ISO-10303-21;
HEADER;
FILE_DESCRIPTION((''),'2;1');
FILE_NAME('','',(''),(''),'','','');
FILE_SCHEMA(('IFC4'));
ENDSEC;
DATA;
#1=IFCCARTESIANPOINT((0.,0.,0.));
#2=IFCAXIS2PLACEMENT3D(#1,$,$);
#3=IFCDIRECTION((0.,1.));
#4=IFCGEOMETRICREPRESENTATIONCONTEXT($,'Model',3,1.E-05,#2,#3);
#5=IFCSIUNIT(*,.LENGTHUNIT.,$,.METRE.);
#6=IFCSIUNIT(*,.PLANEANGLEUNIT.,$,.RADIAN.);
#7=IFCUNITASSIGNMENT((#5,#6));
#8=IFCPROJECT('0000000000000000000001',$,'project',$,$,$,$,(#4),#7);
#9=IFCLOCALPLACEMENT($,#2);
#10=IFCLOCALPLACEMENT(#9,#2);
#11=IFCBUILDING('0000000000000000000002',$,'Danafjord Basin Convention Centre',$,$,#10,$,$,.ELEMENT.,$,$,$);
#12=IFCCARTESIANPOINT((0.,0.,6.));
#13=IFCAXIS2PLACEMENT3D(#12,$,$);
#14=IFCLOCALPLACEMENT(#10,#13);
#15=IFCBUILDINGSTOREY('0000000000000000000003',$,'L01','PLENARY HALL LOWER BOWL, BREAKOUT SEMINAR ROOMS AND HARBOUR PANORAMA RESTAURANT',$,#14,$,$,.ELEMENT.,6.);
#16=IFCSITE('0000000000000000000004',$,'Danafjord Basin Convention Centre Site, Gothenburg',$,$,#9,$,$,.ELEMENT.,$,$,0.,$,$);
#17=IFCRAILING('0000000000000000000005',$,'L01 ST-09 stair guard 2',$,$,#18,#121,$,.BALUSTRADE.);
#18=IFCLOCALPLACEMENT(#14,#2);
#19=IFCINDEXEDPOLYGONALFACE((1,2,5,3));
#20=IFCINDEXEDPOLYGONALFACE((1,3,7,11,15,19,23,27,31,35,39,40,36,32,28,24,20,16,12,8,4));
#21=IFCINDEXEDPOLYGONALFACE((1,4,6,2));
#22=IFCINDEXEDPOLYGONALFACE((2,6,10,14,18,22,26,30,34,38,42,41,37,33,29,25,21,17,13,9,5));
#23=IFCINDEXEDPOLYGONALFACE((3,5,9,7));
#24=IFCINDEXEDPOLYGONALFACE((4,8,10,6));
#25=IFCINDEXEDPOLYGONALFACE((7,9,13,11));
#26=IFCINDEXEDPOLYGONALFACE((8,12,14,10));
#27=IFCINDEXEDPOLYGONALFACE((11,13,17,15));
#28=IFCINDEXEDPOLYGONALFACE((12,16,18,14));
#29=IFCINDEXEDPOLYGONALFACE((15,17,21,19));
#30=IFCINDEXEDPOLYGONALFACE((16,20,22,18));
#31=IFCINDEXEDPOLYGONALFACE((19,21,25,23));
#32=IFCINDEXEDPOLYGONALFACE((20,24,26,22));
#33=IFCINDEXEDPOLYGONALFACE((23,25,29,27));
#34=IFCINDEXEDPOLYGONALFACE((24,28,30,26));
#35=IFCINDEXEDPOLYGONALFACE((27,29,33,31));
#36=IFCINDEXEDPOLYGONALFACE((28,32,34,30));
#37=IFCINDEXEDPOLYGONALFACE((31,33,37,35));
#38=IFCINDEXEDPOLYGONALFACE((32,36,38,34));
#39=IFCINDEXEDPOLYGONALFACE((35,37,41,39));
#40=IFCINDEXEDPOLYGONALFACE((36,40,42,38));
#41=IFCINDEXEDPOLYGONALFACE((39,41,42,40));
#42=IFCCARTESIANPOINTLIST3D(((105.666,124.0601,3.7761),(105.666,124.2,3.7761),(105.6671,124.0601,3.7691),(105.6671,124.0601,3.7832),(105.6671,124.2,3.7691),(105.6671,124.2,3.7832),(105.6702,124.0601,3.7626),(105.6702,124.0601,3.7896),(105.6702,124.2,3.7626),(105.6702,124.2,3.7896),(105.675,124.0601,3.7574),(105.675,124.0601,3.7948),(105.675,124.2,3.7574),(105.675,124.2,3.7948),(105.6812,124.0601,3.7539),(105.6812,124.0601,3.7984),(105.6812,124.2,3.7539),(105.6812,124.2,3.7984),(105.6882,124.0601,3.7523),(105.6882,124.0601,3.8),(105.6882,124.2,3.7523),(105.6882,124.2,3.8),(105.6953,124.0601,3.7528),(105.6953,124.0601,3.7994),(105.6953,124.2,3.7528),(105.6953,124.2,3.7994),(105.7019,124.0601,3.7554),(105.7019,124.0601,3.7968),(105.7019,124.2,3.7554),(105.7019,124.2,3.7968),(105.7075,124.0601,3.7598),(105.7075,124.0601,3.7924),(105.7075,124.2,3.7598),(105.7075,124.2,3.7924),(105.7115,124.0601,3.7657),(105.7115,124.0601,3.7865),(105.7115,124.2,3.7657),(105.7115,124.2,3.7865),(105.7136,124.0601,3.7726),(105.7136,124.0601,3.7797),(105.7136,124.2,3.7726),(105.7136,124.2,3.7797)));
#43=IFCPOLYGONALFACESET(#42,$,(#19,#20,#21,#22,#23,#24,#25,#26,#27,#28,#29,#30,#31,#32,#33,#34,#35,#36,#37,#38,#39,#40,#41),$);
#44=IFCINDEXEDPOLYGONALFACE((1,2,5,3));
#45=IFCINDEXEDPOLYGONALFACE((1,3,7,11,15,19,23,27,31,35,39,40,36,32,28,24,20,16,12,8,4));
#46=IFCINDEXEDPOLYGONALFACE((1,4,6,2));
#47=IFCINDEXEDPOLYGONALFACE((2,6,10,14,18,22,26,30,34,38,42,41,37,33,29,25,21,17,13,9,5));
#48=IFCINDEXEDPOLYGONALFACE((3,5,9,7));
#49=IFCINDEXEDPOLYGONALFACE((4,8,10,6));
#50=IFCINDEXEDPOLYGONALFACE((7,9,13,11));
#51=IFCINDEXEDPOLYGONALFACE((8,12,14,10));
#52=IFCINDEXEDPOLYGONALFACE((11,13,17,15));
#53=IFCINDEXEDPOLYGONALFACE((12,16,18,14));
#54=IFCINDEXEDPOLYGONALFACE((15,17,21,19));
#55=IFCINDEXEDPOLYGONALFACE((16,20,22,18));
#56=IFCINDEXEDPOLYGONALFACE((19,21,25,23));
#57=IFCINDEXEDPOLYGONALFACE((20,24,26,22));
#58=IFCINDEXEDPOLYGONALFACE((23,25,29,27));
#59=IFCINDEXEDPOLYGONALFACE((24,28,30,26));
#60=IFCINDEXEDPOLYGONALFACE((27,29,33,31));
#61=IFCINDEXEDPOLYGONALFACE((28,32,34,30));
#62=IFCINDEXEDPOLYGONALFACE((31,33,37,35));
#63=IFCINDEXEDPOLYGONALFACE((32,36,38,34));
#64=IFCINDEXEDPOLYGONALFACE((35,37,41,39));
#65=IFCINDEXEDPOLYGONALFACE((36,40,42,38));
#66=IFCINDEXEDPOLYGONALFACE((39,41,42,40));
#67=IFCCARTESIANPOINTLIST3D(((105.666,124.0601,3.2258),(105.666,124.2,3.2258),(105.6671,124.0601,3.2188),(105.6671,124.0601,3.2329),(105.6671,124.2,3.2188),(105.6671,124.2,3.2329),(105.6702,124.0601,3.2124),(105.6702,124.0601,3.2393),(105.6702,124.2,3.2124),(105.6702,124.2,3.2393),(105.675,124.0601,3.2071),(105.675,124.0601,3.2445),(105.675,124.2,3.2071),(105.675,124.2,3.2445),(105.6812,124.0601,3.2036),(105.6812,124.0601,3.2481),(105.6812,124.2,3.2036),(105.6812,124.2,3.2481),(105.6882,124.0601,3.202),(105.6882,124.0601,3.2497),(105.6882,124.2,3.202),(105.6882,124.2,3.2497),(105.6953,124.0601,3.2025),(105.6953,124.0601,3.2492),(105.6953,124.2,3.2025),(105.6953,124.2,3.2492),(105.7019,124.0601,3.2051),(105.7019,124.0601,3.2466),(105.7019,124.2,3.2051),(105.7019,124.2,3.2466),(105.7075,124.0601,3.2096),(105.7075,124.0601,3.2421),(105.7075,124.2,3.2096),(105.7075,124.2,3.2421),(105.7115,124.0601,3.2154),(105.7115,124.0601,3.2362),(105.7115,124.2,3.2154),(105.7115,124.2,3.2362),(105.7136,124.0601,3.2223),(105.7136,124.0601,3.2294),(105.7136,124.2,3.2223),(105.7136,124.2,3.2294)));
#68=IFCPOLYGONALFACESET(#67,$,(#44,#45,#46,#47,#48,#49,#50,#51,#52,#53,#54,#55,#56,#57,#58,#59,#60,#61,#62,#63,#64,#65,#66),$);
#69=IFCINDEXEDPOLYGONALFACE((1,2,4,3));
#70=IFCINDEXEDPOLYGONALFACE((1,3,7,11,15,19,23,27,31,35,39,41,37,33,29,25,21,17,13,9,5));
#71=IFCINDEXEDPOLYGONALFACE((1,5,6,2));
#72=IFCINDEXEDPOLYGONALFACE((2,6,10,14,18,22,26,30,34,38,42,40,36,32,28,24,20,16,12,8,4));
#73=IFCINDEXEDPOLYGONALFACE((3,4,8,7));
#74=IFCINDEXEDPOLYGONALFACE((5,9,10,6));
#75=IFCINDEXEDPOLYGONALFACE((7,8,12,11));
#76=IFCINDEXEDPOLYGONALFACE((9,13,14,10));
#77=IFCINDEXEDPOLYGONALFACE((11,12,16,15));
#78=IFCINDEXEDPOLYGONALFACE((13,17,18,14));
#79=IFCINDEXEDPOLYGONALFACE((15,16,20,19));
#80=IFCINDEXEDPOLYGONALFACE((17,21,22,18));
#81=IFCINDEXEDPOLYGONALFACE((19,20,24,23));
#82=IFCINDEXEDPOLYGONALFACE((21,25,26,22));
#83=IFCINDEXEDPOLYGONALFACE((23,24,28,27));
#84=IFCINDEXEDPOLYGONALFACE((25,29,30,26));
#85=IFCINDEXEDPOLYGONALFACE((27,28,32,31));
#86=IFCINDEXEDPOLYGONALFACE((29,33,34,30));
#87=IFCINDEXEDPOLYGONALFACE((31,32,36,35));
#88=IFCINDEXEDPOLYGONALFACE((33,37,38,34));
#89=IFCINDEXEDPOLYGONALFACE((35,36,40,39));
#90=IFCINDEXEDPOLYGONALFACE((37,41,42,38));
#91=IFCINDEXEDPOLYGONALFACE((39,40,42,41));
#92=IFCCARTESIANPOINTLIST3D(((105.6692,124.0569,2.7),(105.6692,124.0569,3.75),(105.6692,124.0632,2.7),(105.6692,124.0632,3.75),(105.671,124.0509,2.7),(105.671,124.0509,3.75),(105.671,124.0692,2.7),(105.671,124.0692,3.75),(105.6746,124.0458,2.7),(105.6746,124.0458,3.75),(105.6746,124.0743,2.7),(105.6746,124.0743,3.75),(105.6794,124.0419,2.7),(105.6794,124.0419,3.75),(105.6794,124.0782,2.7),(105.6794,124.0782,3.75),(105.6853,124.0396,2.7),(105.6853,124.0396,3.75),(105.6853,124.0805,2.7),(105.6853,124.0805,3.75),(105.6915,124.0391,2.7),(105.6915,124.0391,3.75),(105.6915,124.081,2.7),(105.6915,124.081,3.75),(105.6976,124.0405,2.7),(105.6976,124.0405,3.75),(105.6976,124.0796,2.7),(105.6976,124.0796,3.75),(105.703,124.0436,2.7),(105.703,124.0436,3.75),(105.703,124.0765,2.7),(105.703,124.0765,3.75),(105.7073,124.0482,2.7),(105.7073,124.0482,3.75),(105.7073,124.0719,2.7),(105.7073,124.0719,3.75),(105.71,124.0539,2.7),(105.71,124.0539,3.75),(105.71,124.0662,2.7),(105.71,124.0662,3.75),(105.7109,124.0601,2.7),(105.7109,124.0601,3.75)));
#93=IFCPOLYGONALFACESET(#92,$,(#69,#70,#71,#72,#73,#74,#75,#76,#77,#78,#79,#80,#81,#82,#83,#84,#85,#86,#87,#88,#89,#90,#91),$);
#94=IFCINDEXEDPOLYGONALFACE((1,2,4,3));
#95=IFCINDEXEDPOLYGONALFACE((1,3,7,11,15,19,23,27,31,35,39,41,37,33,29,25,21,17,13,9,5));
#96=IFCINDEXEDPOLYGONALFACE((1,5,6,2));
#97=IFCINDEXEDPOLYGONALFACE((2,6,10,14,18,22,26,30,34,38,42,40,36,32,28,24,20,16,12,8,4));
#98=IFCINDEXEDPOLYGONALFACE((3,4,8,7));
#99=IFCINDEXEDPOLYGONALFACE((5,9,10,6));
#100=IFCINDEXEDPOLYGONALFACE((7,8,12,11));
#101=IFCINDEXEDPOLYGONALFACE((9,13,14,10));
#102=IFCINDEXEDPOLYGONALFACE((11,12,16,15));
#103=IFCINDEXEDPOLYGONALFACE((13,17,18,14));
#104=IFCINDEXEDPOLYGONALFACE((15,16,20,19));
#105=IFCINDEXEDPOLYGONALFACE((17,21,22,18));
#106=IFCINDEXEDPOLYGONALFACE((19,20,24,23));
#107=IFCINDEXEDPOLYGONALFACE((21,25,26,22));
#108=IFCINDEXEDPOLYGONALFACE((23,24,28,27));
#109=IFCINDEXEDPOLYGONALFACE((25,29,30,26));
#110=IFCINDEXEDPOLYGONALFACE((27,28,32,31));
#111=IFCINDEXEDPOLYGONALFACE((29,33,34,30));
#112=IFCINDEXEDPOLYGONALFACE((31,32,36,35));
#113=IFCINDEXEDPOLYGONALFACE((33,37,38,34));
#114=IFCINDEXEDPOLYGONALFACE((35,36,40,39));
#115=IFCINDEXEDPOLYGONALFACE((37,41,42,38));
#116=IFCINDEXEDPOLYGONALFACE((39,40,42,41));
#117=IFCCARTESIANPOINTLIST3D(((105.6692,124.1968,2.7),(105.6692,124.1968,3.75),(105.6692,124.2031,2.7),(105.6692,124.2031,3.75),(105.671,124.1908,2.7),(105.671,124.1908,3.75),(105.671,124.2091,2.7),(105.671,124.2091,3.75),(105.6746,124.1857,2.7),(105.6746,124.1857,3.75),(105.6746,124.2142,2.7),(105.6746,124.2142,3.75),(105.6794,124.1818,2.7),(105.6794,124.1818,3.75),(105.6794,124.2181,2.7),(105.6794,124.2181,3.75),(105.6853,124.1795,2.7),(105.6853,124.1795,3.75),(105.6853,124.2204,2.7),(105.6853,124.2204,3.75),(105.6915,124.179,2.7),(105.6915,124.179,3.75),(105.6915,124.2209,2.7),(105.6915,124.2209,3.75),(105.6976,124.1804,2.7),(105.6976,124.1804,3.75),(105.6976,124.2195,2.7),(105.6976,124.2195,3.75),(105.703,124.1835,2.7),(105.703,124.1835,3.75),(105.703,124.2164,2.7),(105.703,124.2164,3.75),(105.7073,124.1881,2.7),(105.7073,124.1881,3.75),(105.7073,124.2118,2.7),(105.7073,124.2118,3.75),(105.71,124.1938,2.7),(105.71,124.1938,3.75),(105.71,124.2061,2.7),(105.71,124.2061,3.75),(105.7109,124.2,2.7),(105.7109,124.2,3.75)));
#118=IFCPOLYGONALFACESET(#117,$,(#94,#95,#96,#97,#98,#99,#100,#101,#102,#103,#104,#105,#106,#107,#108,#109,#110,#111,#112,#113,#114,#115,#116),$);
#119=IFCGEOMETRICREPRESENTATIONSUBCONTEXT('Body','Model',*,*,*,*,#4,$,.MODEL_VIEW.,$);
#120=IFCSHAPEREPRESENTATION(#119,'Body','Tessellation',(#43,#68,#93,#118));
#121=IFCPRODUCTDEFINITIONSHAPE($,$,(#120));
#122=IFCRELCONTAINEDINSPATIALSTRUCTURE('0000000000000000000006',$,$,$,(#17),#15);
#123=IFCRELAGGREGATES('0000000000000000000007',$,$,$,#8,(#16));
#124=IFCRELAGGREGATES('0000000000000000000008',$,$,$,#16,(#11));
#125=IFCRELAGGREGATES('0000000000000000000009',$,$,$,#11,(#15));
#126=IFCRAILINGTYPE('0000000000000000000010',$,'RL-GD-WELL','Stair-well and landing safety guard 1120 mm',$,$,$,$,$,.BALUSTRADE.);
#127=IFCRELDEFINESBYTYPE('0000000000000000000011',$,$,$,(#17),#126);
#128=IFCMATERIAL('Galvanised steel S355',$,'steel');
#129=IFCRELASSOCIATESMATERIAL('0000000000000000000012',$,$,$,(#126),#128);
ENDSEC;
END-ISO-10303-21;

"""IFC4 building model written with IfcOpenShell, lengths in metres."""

from ifc_helpers import new_model, si_unit, direction, frame, origin, origin_2d, place, context, subcontext, project, spatial, circle, extrude, material, type_object, element, save


model = new_model("IFC4")

# Units and contexts
model_context = context("Model", 3, precision=1e-05, world=origin(), true_north=direction((0.0, 1.0)))
body_context = subcontext(model_context, "Body", "Model", "MODEL_VIEW")
ifc_project = project(units=[si_unit("LENGTHUNIT", "METRE"), si_unit("PLANEANGLEUNIT", "RADIAN")], contexts=[model_context])

# Site, building, storey
site_placement = place(None, origin())
site = spatial("IfcSite", under=ifc_project, at=site_placement, Name="Danafjord Basin Convention Centre Site, Gothenburg", CompositionType="ELEMENT", RefElevation=0.0)
building_placement = place(site_placement, origin())
building = spatial("IfcBuilding", under=site, at=building_placement, Name="Danafjord Basin Convention Centre", CompositionType="ELEMENT")
storey_placement = place(building_placement, frame((0.0, 0.0, 6.0)))
storey = spatial("IfcBuildingStorey", under=building, at=storey_placement, Name="L01", Description="PLENARY HALL LOWER BOWL, BREAKOUT SEMINAR ROOMS AND HARBOUR PANORAMA RESTAURANT", CompositionType="ELEMENT", Elevation=6.0)

# Railing
ifc_material_1 = material(Name="Galvanised steel S355", Category="steel")
railing_type_1 = type_object("IfcRailingType", Name="RL-GD-WELL", Description="Stair-well and landing safety guard 1120 mm", PredefinedType="BALUSTRADE", material=ifc_material_1)
railing_1_placement = place(storey_placement, frame((105.6899, 124.0601, 2.7)))
element("IfcRailing", 1, at=railing_1_placement, inside=storey, type_object=railing_type_1, Name="L01 ST-09 stair guard 2", PredefinedType="BALUSTRADE", context=body_context, shape_type="SweptSolid", body=[
    extrude(circle(Radius=0.0239, at=origin_2d()), frame((0.0, 0.0, 1.0762), z_axis=(0.0, 1.0, 0.0), x_axis=(-1.0, 0.0, 0.0)), (0.0, 0.0, 1.0), 0.1399),
    extrude(circle(Radius=0.0239, at=origin_2d()), frame((0.0, 0.0, 0.5259), z_axis=(0.0, 1.0, 0.0), x_axis=(-1.0, 0.0, 0.0)), (0.0, 0.0, 1.0), 0.1399),
    extrude(circle(Radius=0.021, at=origin_2d()), origin(), (0.0, 0.0, 1.0), 1.05),
    extrude(circle(Radius=0.021, at=origin_2d()), frame((0.0, 0.1399, 0.0)), (0.0, 0.0, 1.0), 1.05),
])

save(model, "model.ifc")
